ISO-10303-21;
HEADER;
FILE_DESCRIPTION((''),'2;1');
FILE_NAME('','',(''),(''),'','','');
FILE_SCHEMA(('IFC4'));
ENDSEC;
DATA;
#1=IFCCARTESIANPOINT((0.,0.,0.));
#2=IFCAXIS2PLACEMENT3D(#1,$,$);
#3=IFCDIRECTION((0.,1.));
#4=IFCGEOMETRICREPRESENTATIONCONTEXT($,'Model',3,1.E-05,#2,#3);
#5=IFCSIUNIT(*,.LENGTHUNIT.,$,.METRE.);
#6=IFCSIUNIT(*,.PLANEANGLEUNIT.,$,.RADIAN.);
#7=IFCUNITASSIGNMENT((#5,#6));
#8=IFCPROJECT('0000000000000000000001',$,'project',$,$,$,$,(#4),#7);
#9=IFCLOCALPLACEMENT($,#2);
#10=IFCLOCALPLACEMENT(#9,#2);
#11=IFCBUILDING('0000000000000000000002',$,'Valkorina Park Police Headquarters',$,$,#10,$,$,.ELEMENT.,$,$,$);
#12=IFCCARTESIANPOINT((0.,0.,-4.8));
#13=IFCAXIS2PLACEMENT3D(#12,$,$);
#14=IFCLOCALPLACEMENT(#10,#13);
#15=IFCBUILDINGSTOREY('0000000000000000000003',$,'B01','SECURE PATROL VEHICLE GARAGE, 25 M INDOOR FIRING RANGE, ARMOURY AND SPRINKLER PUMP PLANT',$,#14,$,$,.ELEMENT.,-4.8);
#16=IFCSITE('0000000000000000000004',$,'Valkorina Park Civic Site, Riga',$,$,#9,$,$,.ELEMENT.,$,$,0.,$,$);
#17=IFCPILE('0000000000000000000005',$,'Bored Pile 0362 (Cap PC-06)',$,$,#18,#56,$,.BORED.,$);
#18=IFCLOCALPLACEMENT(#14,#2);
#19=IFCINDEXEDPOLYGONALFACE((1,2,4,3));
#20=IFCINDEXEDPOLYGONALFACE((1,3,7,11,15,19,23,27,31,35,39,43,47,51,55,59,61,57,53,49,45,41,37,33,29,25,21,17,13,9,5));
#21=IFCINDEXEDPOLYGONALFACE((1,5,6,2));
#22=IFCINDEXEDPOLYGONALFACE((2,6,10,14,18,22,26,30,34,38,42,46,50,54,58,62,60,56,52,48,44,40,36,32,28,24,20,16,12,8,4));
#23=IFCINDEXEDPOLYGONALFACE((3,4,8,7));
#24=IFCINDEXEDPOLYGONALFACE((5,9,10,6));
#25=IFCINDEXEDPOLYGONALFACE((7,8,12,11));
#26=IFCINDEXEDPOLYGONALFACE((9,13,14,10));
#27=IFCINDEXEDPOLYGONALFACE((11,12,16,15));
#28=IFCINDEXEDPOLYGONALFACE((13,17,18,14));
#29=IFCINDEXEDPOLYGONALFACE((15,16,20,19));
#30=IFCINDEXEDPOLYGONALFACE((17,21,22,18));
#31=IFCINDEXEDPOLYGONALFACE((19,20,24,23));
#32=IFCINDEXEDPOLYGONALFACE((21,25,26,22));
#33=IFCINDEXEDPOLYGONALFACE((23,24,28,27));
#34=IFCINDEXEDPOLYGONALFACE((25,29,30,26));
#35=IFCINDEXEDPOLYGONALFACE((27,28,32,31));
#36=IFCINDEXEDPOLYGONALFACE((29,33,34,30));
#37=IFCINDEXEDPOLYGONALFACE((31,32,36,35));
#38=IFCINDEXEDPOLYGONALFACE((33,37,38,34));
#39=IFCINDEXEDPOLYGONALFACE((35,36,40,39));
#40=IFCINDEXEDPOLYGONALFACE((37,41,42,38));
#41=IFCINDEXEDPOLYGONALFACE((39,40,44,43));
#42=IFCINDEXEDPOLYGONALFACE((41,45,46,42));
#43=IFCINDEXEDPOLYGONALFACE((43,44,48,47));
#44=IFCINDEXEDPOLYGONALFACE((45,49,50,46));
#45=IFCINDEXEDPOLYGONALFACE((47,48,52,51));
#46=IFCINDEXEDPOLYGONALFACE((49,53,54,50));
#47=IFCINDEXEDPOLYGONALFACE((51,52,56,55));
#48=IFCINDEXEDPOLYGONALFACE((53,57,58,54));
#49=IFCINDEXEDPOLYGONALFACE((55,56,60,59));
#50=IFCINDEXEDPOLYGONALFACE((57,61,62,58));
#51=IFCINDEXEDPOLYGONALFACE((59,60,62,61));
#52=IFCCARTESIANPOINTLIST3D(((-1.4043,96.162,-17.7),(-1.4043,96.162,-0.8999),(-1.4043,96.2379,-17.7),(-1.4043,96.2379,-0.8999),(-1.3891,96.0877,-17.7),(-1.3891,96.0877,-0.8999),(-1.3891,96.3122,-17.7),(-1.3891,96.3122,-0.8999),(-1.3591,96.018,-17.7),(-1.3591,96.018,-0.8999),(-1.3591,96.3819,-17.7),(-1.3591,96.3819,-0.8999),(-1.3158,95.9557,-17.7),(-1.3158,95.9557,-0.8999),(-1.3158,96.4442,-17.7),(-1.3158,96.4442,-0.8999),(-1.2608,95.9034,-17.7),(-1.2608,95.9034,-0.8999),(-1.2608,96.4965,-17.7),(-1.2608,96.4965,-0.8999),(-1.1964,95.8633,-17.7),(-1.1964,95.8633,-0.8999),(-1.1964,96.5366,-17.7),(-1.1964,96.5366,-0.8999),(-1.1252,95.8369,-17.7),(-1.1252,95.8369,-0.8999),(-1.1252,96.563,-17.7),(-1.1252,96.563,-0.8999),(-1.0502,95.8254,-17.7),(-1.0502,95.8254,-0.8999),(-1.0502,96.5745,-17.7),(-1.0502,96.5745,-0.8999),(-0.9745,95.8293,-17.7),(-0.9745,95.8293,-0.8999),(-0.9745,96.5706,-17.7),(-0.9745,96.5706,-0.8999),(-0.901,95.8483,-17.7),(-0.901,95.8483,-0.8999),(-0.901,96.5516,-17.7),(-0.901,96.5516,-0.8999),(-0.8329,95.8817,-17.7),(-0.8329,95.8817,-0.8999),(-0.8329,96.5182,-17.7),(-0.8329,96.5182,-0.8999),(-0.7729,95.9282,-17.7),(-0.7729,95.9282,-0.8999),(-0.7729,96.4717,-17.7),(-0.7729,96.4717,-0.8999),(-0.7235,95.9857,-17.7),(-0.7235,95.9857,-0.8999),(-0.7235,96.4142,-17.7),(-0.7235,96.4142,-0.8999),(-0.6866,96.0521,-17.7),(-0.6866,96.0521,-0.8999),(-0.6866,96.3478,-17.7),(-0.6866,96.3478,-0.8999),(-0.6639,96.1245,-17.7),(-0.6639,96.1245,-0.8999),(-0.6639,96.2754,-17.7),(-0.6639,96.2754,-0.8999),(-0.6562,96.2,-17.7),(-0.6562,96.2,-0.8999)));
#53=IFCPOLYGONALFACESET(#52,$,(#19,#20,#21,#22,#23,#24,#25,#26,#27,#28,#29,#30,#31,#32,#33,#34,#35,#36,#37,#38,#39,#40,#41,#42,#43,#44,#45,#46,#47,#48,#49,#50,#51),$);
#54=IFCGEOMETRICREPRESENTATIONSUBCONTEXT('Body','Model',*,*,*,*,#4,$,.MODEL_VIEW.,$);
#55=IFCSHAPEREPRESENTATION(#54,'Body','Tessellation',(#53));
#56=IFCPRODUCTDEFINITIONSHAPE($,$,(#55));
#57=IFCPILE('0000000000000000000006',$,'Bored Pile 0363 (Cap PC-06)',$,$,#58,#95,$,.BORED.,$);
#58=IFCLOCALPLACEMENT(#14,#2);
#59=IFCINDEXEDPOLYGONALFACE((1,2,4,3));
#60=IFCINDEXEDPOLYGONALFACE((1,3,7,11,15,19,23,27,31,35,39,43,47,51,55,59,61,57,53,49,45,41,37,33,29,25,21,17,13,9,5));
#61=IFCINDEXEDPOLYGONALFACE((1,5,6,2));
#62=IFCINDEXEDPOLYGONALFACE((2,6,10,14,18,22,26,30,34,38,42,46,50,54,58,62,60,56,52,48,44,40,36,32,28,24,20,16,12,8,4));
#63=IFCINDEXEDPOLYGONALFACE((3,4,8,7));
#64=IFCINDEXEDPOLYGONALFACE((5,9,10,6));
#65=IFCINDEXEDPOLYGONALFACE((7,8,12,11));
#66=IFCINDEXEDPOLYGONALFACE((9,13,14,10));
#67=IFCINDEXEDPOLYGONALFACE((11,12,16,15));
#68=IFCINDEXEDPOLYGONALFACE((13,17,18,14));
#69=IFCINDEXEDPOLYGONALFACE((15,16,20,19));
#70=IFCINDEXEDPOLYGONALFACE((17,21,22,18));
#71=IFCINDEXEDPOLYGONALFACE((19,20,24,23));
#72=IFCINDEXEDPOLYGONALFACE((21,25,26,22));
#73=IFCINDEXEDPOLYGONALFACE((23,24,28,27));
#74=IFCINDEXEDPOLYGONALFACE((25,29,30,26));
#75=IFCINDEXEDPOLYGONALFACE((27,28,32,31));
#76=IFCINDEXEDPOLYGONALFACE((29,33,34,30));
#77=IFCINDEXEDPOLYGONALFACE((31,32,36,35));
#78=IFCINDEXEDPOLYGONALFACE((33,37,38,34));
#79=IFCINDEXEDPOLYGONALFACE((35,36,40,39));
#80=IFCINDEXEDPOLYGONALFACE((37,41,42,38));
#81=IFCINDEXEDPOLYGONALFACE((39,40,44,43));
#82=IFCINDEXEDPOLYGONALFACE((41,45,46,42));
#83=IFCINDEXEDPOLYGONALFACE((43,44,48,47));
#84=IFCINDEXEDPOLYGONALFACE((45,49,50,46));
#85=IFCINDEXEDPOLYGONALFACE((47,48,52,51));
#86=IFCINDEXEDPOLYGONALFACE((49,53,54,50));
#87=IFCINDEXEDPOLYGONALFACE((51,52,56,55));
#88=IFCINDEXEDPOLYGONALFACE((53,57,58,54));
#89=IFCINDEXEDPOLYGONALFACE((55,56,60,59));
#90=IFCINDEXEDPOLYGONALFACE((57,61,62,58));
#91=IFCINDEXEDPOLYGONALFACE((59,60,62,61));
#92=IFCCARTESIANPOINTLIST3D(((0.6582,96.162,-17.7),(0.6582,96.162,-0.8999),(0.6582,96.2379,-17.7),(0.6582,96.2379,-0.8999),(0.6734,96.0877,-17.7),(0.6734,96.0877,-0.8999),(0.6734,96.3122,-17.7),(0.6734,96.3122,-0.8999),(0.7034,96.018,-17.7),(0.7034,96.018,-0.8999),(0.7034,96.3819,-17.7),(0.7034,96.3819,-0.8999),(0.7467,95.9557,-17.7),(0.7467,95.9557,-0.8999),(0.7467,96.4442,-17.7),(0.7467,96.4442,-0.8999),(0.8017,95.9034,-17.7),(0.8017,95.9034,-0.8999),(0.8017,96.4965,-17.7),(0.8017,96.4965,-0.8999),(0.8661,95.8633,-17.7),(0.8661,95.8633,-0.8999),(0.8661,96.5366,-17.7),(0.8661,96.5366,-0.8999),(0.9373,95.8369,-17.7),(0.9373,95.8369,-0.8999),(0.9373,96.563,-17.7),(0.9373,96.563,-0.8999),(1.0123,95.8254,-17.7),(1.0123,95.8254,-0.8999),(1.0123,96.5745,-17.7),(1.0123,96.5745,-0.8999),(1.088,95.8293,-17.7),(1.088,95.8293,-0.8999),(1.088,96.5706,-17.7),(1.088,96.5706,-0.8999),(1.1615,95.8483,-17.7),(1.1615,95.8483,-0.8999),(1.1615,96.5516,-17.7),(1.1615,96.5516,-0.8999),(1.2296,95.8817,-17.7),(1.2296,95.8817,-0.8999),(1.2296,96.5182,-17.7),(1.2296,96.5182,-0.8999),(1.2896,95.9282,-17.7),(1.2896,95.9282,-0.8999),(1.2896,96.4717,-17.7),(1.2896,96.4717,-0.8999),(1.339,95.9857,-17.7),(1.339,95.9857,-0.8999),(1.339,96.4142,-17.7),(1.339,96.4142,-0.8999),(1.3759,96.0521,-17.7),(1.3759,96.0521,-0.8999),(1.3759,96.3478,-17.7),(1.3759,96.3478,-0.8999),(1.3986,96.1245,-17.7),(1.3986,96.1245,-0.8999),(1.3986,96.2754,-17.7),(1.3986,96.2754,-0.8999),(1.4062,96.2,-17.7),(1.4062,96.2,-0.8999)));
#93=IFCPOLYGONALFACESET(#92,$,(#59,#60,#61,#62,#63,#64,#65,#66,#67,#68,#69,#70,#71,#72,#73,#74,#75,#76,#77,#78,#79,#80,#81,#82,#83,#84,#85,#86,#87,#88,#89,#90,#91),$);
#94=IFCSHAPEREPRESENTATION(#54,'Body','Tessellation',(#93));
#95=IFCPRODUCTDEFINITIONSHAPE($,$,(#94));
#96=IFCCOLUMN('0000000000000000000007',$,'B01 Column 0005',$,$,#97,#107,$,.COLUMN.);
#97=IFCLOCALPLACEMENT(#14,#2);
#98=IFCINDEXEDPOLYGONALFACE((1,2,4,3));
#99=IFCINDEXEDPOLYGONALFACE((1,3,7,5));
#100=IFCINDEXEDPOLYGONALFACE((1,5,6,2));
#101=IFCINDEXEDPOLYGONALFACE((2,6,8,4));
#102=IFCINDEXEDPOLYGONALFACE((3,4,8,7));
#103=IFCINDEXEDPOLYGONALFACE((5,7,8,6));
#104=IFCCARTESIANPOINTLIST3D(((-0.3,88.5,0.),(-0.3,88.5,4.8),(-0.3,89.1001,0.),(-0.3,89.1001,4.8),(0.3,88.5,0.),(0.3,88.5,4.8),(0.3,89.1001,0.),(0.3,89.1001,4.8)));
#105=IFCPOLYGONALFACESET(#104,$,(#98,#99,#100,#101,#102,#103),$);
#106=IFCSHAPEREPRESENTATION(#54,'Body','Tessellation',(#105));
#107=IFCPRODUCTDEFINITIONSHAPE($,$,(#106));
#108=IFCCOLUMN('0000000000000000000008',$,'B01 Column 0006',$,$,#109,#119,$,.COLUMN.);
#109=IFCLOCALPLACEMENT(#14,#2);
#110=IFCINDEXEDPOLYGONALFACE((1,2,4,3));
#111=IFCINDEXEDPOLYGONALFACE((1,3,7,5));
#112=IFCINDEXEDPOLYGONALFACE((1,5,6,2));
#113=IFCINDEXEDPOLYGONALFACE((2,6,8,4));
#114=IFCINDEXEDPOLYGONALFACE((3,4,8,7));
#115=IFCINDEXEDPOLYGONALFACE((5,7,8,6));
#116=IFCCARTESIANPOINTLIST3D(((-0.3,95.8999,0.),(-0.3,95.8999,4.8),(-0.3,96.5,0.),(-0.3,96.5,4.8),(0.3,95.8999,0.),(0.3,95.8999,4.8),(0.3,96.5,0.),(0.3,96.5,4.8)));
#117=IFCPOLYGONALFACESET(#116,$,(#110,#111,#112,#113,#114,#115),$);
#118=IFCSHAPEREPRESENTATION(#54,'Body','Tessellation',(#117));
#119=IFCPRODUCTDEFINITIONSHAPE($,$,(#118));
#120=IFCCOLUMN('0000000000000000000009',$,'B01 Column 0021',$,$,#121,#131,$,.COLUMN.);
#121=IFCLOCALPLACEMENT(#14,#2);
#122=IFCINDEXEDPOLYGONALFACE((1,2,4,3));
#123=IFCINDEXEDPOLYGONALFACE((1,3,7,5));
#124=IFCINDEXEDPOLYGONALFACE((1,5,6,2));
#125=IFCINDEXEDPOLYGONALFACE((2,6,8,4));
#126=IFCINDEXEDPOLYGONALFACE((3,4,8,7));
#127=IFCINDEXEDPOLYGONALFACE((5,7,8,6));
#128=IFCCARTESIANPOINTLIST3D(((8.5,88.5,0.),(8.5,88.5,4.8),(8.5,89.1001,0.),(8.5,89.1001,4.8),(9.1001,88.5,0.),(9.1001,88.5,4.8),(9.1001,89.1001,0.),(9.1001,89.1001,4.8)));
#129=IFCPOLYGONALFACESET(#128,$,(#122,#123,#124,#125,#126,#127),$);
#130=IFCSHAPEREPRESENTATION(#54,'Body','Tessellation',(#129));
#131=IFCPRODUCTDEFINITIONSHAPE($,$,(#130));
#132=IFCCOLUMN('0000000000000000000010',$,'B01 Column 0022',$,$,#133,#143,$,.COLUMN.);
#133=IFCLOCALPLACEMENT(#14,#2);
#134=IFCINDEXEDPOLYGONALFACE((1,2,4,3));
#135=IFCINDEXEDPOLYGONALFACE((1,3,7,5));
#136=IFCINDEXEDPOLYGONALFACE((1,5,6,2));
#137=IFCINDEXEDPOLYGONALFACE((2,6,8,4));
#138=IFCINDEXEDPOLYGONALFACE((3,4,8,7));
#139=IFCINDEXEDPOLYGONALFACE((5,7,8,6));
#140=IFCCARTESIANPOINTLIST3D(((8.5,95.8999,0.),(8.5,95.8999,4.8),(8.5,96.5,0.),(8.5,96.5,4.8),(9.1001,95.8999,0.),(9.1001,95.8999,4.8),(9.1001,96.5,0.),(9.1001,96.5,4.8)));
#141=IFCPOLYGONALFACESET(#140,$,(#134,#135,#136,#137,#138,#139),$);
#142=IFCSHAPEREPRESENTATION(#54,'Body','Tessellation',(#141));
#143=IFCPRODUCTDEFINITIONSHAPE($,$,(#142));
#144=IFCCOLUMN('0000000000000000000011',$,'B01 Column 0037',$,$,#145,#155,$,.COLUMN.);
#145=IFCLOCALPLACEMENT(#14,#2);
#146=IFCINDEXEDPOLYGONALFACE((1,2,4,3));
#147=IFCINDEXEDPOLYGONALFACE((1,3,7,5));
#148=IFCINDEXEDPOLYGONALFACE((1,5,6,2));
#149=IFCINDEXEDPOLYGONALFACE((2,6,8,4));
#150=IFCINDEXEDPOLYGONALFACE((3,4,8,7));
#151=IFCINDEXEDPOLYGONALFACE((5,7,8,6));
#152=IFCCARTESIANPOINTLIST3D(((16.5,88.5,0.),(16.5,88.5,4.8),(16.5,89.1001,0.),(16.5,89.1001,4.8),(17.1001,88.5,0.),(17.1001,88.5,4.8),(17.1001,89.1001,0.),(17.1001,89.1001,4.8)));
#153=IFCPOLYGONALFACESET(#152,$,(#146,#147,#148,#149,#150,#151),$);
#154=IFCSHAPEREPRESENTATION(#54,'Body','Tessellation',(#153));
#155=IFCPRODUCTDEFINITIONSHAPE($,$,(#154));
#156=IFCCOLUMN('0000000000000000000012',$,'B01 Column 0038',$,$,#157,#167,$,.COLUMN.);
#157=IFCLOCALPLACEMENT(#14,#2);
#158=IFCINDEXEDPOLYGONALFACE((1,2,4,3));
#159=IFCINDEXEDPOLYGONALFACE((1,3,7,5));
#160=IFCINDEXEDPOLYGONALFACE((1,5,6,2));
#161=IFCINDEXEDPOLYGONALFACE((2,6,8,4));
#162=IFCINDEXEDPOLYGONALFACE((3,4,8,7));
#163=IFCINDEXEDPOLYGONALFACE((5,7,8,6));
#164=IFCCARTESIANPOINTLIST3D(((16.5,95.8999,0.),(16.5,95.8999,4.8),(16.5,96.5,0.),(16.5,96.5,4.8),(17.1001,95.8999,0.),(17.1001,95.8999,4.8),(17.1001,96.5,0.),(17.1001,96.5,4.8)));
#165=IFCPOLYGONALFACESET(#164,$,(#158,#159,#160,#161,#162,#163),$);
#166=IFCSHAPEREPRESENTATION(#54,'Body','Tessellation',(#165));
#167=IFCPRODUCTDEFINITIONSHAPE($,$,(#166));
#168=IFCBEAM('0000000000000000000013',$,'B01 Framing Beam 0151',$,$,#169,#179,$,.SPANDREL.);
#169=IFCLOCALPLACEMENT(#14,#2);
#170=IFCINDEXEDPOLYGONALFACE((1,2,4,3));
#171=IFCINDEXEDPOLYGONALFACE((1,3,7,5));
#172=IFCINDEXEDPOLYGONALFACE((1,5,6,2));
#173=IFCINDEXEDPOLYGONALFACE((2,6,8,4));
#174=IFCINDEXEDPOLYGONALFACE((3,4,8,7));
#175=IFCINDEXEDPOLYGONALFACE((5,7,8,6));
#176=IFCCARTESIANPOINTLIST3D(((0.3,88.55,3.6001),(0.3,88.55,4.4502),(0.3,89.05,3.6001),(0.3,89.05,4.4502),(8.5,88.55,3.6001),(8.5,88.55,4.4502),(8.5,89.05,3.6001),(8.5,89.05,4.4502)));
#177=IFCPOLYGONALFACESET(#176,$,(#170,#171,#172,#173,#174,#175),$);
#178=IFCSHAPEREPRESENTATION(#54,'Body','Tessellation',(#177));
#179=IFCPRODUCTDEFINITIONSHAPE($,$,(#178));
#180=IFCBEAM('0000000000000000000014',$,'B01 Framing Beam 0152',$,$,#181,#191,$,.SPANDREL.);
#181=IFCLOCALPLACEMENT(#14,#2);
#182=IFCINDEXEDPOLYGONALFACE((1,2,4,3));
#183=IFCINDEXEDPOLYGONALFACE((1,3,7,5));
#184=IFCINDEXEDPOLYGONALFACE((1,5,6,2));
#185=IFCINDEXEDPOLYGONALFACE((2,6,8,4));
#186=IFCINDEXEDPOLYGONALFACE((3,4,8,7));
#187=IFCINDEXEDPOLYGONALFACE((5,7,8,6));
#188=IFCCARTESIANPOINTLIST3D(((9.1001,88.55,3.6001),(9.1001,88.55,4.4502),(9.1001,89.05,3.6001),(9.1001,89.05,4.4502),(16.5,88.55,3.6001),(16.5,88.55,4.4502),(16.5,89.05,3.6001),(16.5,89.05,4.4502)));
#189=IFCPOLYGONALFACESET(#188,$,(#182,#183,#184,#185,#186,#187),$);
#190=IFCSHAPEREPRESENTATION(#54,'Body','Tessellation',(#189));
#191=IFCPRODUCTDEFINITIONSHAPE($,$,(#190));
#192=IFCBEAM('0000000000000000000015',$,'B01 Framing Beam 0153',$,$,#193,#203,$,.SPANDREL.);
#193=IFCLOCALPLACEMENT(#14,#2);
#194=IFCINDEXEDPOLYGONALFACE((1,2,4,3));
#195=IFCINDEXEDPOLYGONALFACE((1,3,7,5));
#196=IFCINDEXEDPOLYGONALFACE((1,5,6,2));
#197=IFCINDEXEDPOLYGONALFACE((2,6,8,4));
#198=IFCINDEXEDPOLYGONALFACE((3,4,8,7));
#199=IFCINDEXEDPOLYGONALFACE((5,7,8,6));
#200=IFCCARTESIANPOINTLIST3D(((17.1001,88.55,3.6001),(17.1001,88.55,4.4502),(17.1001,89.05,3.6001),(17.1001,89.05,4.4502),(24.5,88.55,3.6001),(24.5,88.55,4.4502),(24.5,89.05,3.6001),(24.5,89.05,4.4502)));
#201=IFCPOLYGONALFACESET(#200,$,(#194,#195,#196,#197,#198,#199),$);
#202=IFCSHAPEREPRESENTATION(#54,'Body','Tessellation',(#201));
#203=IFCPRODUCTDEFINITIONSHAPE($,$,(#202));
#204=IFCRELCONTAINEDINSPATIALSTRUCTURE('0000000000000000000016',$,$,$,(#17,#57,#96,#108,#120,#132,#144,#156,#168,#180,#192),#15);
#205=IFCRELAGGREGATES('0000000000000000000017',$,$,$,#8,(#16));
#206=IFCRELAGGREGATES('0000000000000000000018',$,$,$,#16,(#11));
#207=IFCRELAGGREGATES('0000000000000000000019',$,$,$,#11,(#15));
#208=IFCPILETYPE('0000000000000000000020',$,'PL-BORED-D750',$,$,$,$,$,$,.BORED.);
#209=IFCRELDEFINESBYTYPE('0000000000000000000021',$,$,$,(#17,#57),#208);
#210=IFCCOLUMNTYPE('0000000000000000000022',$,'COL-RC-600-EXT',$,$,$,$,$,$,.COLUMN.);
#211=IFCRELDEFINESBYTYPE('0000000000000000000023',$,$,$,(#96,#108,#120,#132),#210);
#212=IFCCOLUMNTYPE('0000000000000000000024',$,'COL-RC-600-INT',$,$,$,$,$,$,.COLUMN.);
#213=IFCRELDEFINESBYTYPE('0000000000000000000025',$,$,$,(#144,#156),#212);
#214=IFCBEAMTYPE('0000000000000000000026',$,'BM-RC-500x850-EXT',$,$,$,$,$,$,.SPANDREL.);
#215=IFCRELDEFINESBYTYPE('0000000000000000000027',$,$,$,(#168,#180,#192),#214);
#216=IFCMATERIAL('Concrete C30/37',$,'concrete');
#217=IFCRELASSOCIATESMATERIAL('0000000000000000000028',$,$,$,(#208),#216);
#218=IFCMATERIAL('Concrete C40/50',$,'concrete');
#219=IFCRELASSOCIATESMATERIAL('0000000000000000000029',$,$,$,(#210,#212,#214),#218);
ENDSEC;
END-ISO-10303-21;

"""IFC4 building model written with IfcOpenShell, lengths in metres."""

from ifc_helpers import new_model, si_unit, direction, frame, origin, origin_2d, place, context, subcontext, project, spatial, rectangle, circle, extrude, material, material_profile, profile_set, type_object, element, save


model = new_model("IFC4")

# Units and contexts
model_context = context("Model", 3, precision=1e-05, world=origin(), true_north=direction((0.0, 1.0)))
body_context = subcontext(model_context, "Body", "Model", "MODEL_VIEW")
ifc_project = project(units=[si_unit("LENGTHUNIT", "METRE"), si_unit("PLANEANGLEUNIT", "RADIAN")], contexts=[model_context])

# Site, building, storey
site_placement = place(None, origin())
site = spatial("IfcSite", under=ifc_project, at=site_placement, Name="Valkorina Park Civic Site, Riga", CompositionType="ELEMENT", RefElevation=0.0)
building_placement = place(site_placement, origin())
building = spatial("IfcBuilding", under=site, at=building_placement, Name="Valkorina Park Police Headquarters", CompositionType="ELEMENT")
storey_placement = place(building_placement, frame((0.0, 0.0, -4.8)))
storey = spatial("IfcBuildingStorey", under=building, at=storey_placement, Name="B01", Description="SECURE PATROL VEHICLE GARAGE, 25 M INDOOR FIRING RANGE, ARMOURY AND SPRINKLER PUMP PLANT", CompositionType="ELEMENT", Elevation=-4.8)

# Shared definitions
ifc_material_1 = material(Name="Concrete C40/50", Category="concrete")

# Piles
ifc_material_2 = material(Name="Concrete C30/37", Category="concrete")
ifc_material_profile_1 = material_profile(ifc_material_2, circle(Radius=0.375, at=origin_2d()), Name="BORED PILE D750")
ifc_profile_set_1 = profile_set([ifc_material_profile_1], Name="Concrete C30/37")
pile_type_1 = type_object("IfcPileType", Name="PL-BORED-D750", PredefinedType="BORED", material=ifc_profile_set_1)
for number, where, z_axis, x_axis, name in (
    (1, (-1.0312, 96.2, -0.8999), (0.0, 0.0, -1.0), (1.0, 0.0, 0.0), "Bored Pile 0362 (Cap PC-06)"),
    (2, (1.0312, 96.2, -0.8999), (0.0, 0.0, -1.0), (1.0, 0.0, 0.0), "Bored Pile 0363 (Cap PC-06)"),
):
    element("IfcPile", number, at=place(storey_placement, frame(where, z_axis=z_axis, x_axis=x_axis)), inside=storey, type_object=pile_type_1, Name=name, PredefinedType="BORED", context=body_context, shape_type="SweptSolid", body=[
        extrude(circle(Radius=0.375, at=origin_2d()), origin(), (0.0, 0.0, 1.0), 16.8),
    ])

# Columns
ifc_material_profile_2 = material_profile(ifc_material_1, rectangle(XDim=0.6001, YDim=0.6001, at=origin_2d()), Name="RC COL 600x600")
ifc_profile_set_2 = profile_set([ifc_material_profile_2], Name="Concrete C40/50")
column_type_1 = type_object("IfcColumnType", Name="COL-RC-600-EXT", PredefinedType="COLUMN", material=ifc_profile_set_2)
for number, where, z_axis, x_axis, name in (
    (3, (0.0, 88.8, 0.0), (0.0, 0.0, 1.0), (1.0, 0.0, 0.0), "B01 Column 0005"),
    (4, (0.0, 96.2, 0.0), (0.0, 0.0, 1.0), (1.0, 0.0, 0.0), "B01 Column 0006"),
    (5, (8.8, 88.8, 0.0), (0.0, 0.0, 1.0), (1.0, 0.0, 0.0), "B01 Column 0021"),
    (6, (8.8, 96.2, 0.0), (0.0, 0.0, 1.0), (1.0, 0.0, 0.0), "B01 Column 0022"),
):
    element("IfcColumn", number, at=place(storey_placement, frame(where, z_axis=z_axis, x_axis=x_axis)), inside=storey, type_object=column_type_1, Name=name, PredefinedType="COLUMN", context=body_context, shape_type="SweptSolid", body=[
        extrude(rectangle(XDim=0.6001, YDim=0.6001, at=origin_2d()), origin(), (0.0, 0.0, 1.0), 4.8),
    ])
ifc_material_profile_3 = material_profile(ifc_material_1, rectangle(XDim=0.6001, YDim=0.6001, at=origin_2d()), Name="RC COL 600x600")
ifc_profile_set_3 = profile_set([ifc_material_profile_3], Name="Concrete C40/50")
column_type_2 = type_object("IfcColumnType", Name="COL-RC-600-INT", PredefinedType="COLUMN", material=ifc_profile_set_3)
for number, where, z_axis, x_axis, name in (
    (7, (16.8, 88.8, 0.0), (0.0, 0.0, 1.0), (1.0, 0.0, 0.0), "B01 Column 0037"),
    (8, (16.8, 96.2, 0.0), (0.0, 0.0, 1.0), (1.0, 0.0, 0.0), "B01 Column 0038"),
):
    element("IfcColumn", number, at=place(storey_placement, frame(where, z_axis=z_axis, x_axis=x_axis)), inside=storey, type_object=column_type_2, Name=name, PredefinedType="COLUMN", context=body_context, shape_type="SweptSolid", body=[
        extrude(rectangle(XDim=0.6001, YDim=0.6001, at=origin_2d()), origin(), (0.0, 0.0, 1.0), 4.8),
    ])

# Beams
ifc_material_profile_4 = material_profile(ifc_material_1, rectangle(XDim=0.5, YDim=0.8501, at=origin_2d()), Name="RC BEAM 500x850")
ifc_profile_set_4 = profile_set([ifc_material_profile_4], Name="Concrete C40/50")
beam_type_1 = type_object("IfcBeamType", Name="BM-RC-500x850-EXT", PredefinedType="SPANDREL", material=ifc_profile_set_4)
beam_1_placement = place(storey_placement, frame((0.3, 88.8, 4.0251), z_axis=(1.0, 0.0, 0.0), x_axis=(0.0, 1.0, 0.0)))
element("IfcBeam", 9, at=beam_1_placement, inside=storey, type_object=beam_type_1, Name="B01 Framing Beam 0151", PredefinedType="SPANDREL", context=body_context, shape_type="SweptSolid", body=[
    extrude(rectangle(XDim=0.5, YDim=0.8501, at=origin_2d()), origin(), (0.0, 0.0, 1.0), 8.2),
])
for number, where, z_axis, x_axis, name in (
    (10, (9.1001, 88.8, 4.0251), (1.0, 0.0, 0.0), (0.0, 1.0, 0.0), "B01 Framing Beam 0152"),
    (11, (17.1001, 88.8, 4.0251), (1.0, 0.0, 0.0), (0.0, 1.0, 0.0), "B01 Framing Beam 0153"),
):
    element("IfcBeam", number, at=place(storey_placement, frame(where, z_axis=z_axis, x_axis=x_axis)), inside=storey, type_object=beam_type_1, Name=name, PredefinedType="SPANDREL", context=body_context, shape_type="SweptSolid", body=[
        extrude(rectangle(XDim=0.5, YDim=0.8501, at=origin_2d()), origin(), (0.0, 0.0, 1.0), 7.3999),
    ])

save(model, "model.ifc")
